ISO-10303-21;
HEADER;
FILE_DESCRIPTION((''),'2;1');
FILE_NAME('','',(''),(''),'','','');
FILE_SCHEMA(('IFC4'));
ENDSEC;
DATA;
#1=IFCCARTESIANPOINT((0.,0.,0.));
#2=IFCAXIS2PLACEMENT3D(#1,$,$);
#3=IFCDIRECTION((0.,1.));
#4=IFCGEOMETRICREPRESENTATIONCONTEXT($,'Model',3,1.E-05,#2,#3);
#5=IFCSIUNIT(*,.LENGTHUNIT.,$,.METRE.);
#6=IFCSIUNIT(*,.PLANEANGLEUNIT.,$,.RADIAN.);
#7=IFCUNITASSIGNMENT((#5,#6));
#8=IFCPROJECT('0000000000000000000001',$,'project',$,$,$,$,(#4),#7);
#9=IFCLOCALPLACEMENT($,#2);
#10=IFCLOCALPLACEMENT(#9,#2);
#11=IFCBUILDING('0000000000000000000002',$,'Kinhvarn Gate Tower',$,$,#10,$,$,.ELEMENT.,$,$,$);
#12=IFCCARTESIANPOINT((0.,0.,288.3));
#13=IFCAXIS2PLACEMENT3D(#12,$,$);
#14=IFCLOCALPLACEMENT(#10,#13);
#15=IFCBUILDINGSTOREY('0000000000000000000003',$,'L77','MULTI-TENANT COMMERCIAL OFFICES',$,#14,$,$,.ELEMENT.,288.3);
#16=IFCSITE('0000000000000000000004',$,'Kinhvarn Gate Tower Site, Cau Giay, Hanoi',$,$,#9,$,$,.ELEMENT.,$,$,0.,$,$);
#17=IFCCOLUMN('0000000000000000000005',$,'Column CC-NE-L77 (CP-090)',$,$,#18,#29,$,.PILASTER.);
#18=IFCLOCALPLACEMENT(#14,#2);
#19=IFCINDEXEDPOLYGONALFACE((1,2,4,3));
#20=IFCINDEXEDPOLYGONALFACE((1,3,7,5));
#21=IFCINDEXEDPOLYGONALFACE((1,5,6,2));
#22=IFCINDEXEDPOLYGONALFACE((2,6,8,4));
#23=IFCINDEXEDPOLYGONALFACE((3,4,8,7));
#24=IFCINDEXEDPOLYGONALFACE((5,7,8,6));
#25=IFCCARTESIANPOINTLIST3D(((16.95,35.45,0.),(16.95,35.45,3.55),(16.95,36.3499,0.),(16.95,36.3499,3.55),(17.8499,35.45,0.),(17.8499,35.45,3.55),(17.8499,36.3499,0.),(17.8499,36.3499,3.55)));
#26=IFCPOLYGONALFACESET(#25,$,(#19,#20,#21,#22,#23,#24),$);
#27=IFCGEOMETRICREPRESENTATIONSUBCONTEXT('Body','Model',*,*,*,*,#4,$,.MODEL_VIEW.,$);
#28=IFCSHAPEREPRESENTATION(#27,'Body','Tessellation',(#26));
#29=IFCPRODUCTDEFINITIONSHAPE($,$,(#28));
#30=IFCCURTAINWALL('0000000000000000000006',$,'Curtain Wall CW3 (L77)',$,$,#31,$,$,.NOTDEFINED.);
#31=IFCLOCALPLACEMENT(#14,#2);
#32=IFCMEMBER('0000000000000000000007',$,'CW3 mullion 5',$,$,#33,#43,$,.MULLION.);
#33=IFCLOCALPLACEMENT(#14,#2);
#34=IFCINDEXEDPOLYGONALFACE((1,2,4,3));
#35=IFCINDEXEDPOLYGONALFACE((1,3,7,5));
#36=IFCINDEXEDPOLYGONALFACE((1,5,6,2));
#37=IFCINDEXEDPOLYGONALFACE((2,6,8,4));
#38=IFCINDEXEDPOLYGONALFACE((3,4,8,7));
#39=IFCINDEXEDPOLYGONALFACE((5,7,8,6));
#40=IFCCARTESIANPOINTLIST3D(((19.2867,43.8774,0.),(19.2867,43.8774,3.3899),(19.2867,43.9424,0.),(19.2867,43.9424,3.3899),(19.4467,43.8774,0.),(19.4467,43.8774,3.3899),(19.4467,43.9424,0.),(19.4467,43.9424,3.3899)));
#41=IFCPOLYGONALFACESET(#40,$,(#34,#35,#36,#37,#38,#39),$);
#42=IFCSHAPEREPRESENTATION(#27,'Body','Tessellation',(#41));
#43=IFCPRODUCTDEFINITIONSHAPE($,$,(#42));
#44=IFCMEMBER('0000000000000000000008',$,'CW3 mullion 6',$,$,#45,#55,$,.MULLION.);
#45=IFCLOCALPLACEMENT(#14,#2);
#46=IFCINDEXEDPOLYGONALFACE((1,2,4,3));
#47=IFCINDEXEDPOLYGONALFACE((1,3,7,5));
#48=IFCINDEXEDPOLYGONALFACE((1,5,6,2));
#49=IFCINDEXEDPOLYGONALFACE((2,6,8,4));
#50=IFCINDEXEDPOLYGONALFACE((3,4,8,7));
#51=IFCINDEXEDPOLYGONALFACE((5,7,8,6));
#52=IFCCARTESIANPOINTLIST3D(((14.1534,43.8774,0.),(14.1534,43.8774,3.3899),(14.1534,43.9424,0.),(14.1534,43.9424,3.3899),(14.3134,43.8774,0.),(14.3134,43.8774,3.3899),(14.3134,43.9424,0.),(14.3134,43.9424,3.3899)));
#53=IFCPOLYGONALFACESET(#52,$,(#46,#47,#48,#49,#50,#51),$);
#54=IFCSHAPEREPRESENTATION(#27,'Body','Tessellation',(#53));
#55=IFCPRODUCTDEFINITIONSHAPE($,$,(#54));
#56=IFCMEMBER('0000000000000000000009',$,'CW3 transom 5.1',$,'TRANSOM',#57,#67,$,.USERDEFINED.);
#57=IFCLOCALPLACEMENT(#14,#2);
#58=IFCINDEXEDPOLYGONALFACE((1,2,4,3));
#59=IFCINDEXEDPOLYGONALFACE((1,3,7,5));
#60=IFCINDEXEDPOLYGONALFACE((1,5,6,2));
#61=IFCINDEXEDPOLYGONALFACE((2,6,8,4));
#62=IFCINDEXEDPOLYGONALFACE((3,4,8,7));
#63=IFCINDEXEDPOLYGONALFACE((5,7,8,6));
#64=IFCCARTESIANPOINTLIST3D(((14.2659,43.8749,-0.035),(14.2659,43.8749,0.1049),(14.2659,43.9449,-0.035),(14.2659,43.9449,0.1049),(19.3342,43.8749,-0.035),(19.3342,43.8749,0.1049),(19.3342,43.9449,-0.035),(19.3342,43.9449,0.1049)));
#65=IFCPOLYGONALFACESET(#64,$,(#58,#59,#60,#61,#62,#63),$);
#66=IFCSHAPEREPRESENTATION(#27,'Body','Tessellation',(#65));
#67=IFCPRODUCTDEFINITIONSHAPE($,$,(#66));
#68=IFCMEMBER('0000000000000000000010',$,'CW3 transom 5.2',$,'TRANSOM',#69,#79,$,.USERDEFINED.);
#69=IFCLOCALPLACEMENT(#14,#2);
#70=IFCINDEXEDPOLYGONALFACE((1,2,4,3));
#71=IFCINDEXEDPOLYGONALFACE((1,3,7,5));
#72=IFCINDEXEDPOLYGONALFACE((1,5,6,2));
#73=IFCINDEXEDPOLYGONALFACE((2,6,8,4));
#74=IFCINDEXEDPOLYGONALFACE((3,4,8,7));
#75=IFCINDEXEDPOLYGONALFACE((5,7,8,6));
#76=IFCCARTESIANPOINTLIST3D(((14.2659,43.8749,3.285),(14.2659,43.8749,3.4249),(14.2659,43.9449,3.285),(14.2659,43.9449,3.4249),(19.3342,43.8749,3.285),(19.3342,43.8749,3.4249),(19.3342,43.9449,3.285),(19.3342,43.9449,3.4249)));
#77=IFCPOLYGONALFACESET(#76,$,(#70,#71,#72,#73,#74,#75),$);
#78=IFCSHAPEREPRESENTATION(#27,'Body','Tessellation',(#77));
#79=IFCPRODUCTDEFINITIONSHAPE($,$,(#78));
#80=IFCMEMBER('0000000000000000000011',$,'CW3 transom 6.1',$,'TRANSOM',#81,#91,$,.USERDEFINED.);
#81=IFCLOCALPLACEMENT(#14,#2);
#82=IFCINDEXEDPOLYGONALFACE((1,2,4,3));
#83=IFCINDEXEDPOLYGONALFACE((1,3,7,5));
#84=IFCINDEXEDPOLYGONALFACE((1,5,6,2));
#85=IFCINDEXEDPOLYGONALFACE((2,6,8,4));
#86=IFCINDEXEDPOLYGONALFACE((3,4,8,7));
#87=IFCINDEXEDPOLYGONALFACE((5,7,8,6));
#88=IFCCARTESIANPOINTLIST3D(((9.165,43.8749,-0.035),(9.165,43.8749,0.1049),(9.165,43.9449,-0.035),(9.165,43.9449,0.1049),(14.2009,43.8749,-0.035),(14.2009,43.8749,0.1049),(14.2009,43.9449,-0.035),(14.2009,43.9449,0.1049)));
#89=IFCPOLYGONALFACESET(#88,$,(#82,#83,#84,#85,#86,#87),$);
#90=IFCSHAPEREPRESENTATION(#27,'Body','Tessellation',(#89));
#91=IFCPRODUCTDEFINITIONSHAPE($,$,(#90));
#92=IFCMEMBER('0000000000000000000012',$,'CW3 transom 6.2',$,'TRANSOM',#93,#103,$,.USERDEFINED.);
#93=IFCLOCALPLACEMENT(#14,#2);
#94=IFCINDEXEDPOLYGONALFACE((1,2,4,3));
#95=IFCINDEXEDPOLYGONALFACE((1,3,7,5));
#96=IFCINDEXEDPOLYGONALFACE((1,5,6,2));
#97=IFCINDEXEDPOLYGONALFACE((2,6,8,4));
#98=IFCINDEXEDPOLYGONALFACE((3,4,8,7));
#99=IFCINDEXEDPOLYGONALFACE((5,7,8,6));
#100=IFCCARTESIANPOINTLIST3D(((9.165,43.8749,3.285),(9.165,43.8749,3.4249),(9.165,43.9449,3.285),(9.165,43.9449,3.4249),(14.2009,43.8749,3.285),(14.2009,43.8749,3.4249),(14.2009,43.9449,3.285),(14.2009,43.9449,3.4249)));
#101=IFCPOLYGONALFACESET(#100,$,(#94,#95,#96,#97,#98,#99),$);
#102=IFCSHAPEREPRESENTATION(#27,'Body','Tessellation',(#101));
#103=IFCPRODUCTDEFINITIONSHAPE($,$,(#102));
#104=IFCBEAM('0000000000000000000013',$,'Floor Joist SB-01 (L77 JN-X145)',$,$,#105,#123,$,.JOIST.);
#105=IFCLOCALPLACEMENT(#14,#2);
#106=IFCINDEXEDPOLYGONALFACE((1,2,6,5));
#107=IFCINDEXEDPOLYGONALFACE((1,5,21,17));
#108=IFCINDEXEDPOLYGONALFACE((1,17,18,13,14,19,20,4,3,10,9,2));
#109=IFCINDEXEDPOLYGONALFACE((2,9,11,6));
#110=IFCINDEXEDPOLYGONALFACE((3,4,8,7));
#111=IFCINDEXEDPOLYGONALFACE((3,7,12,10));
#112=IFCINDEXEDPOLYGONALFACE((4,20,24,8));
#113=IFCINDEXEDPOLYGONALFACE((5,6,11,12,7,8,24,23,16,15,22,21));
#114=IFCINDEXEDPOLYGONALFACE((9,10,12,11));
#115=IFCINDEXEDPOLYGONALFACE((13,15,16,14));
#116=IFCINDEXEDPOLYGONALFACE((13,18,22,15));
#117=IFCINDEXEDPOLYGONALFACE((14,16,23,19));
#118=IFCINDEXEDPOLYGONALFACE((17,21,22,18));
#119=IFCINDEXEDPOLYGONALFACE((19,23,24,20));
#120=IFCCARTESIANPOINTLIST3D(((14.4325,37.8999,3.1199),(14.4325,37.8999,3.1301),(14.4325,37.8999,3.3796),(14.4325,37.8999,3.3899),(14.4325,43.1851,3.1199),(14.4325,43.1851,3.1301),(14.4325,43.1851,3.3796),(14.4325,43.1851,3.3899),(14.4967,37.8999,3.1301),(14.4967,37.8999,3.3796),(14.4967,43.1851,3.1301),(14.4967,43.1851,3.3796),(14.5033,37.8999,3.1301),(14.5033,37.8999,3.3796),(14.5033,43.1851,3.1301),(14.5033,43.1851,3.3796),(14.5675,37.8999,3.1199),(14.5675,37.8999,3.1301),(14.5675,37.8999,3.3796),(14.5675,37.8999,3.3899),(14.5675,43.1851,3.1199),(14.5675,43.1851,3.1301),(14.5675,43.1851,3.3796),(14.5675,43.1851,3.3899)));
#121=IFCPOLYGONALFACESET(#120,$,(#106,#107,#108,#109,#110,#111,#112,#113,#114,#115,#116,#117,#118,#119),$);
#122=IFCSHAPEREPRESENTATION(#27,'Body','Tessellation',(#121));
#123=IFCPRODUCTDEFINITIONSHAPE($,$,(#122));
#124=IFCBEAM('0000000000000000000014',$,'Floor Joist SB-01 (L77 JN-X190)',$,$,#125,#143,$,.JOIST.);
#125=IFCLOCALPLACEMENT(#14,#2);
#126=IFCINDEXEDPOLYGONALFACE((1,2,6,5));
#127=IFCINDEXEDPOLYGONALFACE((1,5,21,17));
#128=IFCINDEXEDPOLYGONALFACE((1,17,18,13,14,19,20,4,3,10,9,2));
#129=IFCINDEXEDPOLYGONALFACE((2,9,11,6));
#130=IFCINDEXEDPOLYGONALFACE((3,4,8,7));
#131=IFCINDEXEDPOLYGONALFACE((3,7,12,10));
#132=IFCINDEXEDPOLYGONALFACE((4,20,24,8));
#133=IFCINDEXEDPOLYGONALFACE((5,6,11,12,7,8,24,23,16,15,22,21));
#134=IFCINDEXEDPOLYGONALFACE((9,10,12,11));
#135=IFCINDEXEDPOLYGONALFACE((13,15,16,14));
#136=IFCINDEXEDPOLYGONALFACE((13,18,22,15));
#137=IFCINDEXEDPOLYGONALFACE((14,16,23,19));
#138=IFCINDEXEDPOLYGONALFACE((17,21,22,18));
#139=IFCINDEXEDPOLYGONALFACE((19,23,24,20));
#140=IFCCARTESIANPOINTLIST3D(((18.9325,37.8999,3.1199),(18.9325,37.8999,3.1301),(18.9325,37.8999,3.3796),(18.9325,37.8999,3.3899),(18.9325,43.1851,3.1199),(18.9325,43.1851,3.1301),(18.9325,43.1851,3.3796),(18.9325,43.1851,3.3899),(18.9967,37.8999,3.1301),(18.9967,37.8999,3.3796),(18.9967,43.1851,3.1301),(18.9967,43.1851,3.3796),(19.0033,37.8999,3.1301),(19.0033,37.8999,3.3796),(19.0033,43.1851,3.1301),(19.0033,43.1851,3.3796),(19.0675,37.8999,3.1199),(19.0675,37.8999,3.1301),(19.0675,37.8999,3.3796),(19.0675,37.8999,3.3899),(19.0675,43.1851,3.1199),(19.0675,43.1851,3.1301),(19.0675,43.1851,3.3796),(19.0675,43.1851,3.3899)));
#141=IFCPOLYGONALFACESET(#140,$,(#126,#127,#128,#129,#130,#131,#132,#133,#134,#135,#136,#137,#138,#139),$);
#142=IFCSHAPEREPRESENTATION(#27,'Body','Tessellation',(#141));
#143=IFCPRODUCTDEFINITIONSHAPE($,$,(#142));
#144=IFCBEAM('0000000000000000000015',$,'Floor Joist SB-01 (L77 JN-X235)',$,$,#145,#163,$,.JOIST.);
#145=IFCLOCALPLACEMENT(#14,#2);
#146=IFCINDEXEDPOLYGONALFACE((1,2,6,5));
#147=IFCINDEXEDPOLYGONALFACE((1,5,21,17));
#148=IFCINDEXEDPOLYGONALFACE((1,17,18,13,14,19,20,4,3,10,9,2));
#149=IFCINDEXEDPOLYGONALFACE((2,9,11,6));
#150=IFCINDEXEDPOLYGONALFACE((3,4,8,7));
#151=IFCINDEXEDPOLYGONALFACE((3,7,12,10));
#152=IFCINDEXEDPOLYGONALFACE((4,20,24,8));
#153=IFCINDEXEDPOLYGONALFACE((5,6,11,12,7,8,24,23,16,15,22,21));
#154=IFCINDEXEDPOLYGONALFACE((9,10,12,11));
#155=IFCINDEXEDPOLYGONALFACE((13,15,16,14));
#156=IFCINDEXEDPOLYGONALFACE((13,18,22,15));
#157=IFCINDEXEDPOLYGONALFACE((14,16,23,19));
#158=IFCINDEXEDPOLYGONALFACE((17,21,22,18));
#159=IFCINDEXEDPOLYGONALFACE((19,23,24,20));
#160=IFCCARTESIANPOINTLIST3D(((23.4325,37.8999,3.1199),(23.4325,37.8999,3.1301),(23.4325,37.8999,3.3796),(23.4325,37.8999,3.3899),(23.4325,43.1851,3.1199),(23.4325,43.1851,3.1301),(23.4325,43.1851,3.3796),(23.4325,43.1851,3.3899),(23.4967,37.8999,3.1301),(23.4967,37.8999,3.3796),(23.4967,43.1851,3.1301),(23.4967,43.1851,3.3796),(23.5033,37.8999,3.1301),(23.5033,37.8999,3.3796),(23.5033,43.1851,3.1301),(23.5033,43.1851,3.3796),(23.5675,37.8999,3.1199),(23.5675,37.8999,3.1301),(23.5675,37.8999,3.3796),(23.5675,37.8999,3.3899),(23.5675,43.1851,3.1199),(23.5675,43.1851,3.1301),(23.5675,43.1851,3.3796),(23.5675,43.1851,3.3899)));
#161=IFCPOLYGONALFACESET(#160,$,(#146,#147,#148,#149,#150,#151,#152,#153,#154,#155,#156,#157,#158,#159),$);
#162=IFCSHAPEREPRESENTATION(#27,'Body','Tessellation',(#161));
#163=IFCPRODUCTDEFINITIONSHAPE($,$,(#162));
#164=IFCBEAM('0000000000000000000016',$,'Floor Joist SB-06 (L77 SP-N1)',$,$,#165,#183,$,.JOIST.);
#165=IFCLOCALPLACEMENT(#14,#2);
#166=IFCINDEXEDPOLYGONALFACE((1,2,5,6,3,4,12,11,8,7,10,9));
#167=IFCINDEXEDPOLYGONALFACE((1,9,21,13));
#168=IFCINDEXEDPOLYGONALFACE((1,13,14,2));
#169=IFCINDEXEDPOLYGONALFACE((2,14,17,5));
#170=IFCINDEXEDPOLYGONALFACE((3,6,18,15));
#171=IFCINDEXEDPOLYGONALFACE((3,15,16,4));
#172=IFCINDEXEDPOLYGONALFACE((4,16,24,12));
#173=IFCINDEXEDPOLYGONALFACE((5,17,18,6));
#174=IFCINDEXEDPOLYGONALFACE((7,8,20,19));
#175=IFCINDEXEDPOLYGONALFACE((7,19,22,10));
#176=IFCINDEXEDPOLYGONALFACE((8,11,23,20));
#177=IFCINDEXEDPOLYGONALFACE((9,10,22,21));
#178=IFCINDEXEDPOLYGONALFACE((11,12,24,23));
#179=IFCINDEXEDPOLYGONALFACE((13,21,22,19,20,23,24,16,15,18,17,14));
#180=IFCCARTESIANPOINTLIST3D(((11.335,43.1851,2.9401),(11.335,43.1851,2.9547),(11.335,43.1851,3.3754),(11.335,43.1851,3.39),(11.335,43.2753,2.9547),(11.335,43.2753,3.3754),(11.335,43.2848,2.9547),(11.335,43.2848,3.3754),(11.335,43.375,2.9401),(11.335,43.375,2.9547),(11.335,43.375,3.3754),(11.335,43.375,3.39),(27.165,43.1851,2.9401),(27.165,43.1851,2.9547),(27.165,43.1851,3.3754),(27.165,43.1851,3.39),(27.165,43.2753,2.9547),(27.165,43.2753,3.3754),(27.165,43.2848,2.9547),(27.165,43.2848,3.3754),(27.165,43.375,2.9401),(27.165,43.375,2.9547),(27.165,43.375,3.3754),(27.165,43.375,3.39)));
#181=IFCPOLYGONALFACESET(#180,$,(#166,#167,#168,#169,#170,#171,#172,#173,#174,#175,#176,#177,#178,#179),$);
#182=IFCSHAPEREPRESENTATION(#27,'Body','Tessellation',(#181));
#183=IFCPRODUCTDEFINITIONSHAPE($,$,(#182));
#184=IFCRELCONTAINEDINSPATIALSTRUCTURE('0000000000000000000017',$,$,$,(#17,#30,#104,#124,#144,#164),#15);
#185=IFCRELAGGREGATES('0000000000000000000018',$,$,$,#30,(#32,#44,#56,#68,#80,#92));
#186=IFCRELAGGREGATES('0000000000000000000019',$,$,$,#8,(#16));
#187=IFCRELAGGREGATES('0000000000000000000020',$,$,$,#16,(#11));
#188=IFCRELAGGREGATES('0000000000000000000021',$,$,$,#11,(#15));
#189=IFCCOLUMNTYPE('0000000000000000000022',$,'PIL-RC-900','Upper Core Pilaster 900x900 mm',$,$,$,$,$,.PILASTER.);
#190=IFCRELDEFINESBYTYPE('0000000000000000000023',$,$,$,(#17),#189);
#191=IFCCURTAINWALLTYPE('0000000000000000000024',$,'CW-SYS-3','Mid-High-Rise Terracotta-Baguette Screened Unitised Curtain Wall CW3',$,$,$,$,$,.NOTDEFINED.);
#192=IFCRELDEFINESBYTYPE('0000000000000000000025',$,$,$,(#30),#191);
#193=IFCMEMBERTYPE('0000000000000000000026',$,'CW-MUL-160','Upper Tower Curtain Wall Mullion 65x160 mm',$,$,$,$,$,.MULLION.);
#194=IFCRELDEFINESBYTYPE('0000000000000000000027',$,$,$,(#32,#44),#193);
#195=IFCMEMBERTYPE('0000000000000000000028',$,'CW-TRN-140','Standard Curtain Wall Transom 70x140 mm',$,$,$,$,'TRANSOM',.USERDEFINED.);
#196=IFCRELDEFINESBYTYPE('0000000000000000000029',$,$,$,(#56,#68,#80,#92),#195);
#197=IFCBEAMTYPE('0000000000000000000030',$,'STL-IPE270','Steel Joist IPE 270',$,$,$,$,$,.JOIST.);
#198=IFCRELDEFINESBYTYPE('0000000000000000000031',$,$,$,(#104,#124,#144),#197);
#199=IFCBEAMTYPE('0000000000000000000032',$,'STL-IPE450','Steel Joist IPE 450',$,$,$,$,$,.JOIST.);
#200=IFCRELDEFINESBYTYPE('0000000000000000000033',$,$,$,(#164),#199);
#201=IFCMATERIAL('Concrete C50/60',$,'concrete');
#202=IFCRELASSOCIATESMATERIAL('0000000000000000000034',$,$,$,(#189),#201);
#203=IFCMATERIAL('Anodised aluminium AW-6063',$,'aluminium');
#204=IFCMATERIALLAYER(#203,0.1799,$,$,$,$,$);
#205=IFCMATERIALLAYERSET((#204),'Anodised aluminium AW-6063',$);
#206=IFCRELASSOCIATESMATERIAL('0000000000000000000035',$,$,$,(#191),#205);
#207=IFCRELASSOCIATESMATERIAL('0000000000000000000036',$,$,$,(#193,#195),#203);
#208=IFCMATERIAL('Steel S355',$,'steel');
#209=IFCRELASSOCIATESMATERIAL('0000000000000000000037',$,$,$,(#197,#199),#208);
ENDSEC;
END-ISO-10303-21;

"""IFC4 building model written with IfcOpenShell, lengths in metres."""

from ifc_helpers import new_model, si_unit, direction, frame, origin, origin_2d, place, context, subcontext, project, spatial, rectangle, i_section, extrude, material, layer, layer_set, material_profile, profile_set, type_object, element, aggregate, save


model = new_model("IFC4")

# Units and contexts
model_context = context("Model", 3, precision=1e-05, world=origin(), true_north=direction((0.0, 1.0)))
body_context = subcontext(model_context, "Body", "Model", "MODEL_VIEW")
ifc_project = project(units=[si_unit("LENGTHUNIT", "METRE"), si_unit("PLANEANGLEUNIT", "RADIAN")], contexts=[model_context])

# Site, building, storey
site_placement = place(None, origin())
site = spatial("IfcSite", under=ifc_project, at=site_placement, Name="Kinhvarn Gate Tower Site, Cau Giay, Hanoi", CompositionType="ELEMENT", RefElevation=0.0)
building_placement = place(site_placement, origin())
building = spatial("IfcBuilding", under=site, at=building_placement, Name="Kinhvarn Gate Tower", CompositionType="ELEMENT")
storey_placement = place(building_placement, frame((0.0, 0.0, 288.3)))
storey = spatial("IfcBuildingStorey", under=building, at=storey_placement, Name="L77", Description="MULTI-TENANT COMMERCIAL OFFICES", CompositionType="ELEMENT", Elevation=288.3)

# Column
ifc_material_1 = material(Name="Concrete C50/60", Category="concrete")
ifc_material_profile_1 = material_profile(ifc_material_1, rectangle(XDim=0.8999, YDim=0.8999, at=origin_2d()), Name="RC 900x900")
ifc_profile_set_1 = profile_set([ifc_material_profile_1], Name="Concrete C50/60")
column_type = type_object("IfcColumnType", Name="PIL-RC-900", Description="Upper Core Pilaster 900x900 mm", PredefinedType="PILASTER", material=ifc_profile_set_1)
column_placement = place(storey_placement, frame((17.3999, 35.8999, 0.0), z_axis=(0.0, 0.0, 1.0), x_axis=(1.0, 0.0, 0.0)))
element("IfcColumn", 1, at=column_placement, inside=storey, type_object=column_type, Name="Column CC-NE-L77 (CP-090)", PredefinedType="PILASTER", context=body_context, shape_type="SweptSolid", body=[
    extrude(rectangle(XDim=0.8999, YDim=0.8999, at=origin_2d()), origin(), (0.0, 0.0, 1.0), 3.55),
])

# Curtain wall, members
ifc_material_2 = material(Name="Anodised aluminium AW-6063", Category="aluminium")
ifc_layer_1 = layer(ifc_material_2, 0.1799)
ifc_layer_set_1 = layer_set([ifc_layer_1], Name="Anodised aluminium AW-6063")
curtain_wall_type = type_object("IfcCurtainWallType", Name="CW-SYS-3", Description="Mid-High-Rise Terracotta-Baguette Screened Unitised Curtain Wall CW3", PredefinedType="NOTDEFINED", material=ifc_layer_set_1)
curtain_wall_placement = place(storey_placement, origin())
curtain_wall = element("IfcCurtainWall", 2, at=curtain_wall_placement, inside=storey, type_object=curtain_wall_type, Name="Curtain Wall CW3 (L77)", PredefinedType="NOTDEFINED")
ifc_material_profile_2 = material_profile(ifc_material_2, rectangle(XDim=0.0649, YDim=0.1599, at=origin_2d()), Name="ALU 65x160")
ifc_profile_set_2 = profile_set([ifc_material_profile_2], Name="Anodised aluminium AW-6063")
member_type_1 = type_object("IfcMemberType", Name="CW-MUL-160", Description="Upper Tower Curtain Wall Mullion 65x160 mm", PredefinedType="MULLION", material=ifc_profile_set_2)
member_1_placement = place(storey_placement, frame((19.3667, 43.9099, 0.0), z_axis=(0.0, 0.0, 1.0), x_axis=(0.0, -1.0, 0.0)))
member_1 = element("IfcMember", 3, at=member_1_placement, type_object=member_type_1, Name="CW3 mullion 5", PredefinedType="MULLION", context=body_context, shape_type="SweptSolid", body=[
    extrude(rectangle(XDim=0.0649, YDim=0.1599, at=origin_2d()), origin(), (0.0, 0.0, 1.0), 3.3899),
])
member_2_placement = place(storey_placement, frame((14.2334, 43.9099, 0.0), z_axis=(0.0, 0.0, 1.0), x_axis=(0.0, -1.0, 0.0)))
member_2 = element("IfcMember", 4, at=member_2_placement, type_object=member_type_1, Name="CW3 mullion 6", PredefinedType="MULLION", context=body_context, shape_type="SweptSolid", body=[
    extrude(rectangle(XDim=0.0649, YDim=0.1599, at=origin_2d()), origin(), (0.0, 0.0, 1.0), 3.3899),
])
ifc_material_profile_3 = material_profile(ifc_material_2, rectangle(XDim=0.0701, YDim=0.1399, at=origin_2d()), Name="ALU 70x140")
ifc_profile_set_3 = profile_set([ifc_material_profile_3], Name="Anodised aluminium AW-6063")
member_type_2 = type_object("IfcMemberType", Name="CW-TRN-140", Description="Standard Curtain Wall Transom 70x140 mm", ElementType="TRANSOM", PredefinedType="USERDEFINED", material=ifc_profile_set_3)
member_3_placement = place(storey_placement, frame((19.3342, 43.9099, 0.0349), z_axis=(-1.0, 0.0, 0.0), x_axis=(0.0, -1.0, 0.0)))
member_3 = element("IfcMember", 5, at=member_3_placement, type_object=member_type_2, Name="CW3 transom 5.1", ObjectType="TRANSOM", PredefinedType="USERDEFINED", context=body_context, shape_type="SweptSolid", body=[
    extrude(rectangle(XDim=0.0701, YDim=0.1399, at=origin_2d()), origin(), (0.0, 0.0, 1.0), 5.0684),
])
member_4_placement = place(storey_placement, frame((19.3342, 43.9099, 3.355), z_axis=(-1.0, 0.0, 0.0), x_axis=(0.0, -1.0, 0.0)))
member_4 = element("IfcMember", 6, at=member_4_placement, type_object=member_type_2, Name="CW3 transom 5.2", ObjectType="TRANSOM", PredefinedType="USERDEFINED", context=body_context, shape_type="SweptSolid", body=[
    extrude(rectangle(XDim=0.0701, YDim=0.1399, at=origin_2d()), origin(), (0.0, 0.0, 1.0), 5.0684),
])
member_5_placement = place(storey_placement, frame((14.2009, 43.9099, 0.0349), z_axis=(-1.0, 0.0, 0.0), x_axis=(0.0, -1.0, 0.0)))
member_5 = element("IfcMember", 7, at=member_5_placement, type_object=member_type_2, Name="CW3 transom 6.1", ObjectType="TRANSOM", PredefinedType="USERDEFINED", context=body_context, shape_type="SweptSolid", body=[
    extrude(rectangle(XDim=0.0701, YDim=0.1399, at=origin_2d()), origin(), (0.0, 0.0, 1.0), 5.0359),
])
member_6_placement = place(storey_placement, frame((14.2009, 43.9099, 3.355), z_axis=(-1.0, 0.0, 0.0), x_axis=(0.0, -1.0, 0.0)))
member_6 = element("IfcMember", 8, at=member_6_placement, type_object=member_type_2, Name="CW3 transom 6.2", ObjectType="TRANSOM", PredefinedType="USERDEFINED", context=body_context, shape_type="SweptSolid", body=[
    extrude(rectangle(XDim=0.0701, YDim=0.1399, at=origin_2d()), origin(), (0.0, 0.0, 1.0), 5.0359),
])

# Beams
ifc_material_3 = material(Name="Steel S355", Category="steel")
ifc_material_profile_4 = material_profile(ifc_material_3, i_section(OverallWidth=0.135, OverallDepth=0.27, WebThickness=0.0066, FlangeThickness=0.0103, at=origin_2d()), Name="IPE 270")
ifc_profile_set_4 = profile_set([ifc_material_profile_4], Name="Steel S355")
beam_type_1 = type_object("IfcBeamType", Name="STL-IPE270", Description="Steel Joist IPE 270", PredefinedType="JOIST", material=ifc_profile_set_4)
for number, where, z_axis, x_axis, name in (
    (9, (14.5, 37.8999, 3.2549), (0.0, 1.0, 0.0), (-1.0, 0.0, 0.0), "Floor Joist SB-01 (L77 JN-X145)"),
    (10, (19.0, 37.8999, 3.2549), (0.0, 1.0, 0.0), (-1.0, 0.0, 0.0), "Floor Joist SB-01 (L77 JN-X190)"),
    (11, (23.5, 37.8999, 3.2549), (0.0, 1.0, 0.0), (-1.0, 0.0, 0.0), "Floor Joist SB-01 (L77 JN-X235)"),
):
    element("IfcBeam", number, at=place(storey_placement, frame(where, z_axis=z_axis, x_axis=x_axis)), inside=storey, type_object=beam_type_1, Name=name, PredefinedType="JOIST", context=body_context, shape_type="SweptSolid", body=[
        extrude(i_section(OverallWidth=0.135, OverallDepth=0.27, WebThickness=0.0066, FlangeThickness=0.0103, at=origin_2d()), origin(), (0.0, 0.0, 1.0), 5.2852),
    ])
ifc_material_profile_5 = material_profile(ifc_material_3, i_section(OverallWidth=0.1899, OverallDepth=0.45, WebThickness=0.0095, FlangeThickness=0.0146, at=origin_2d()), Name="IPE 450")
ifc_profile_set_5 = profile_set([ifc_material_profile_5], Name="Steel S355")
beam_type_2 = type_object("IfcBeamType", Name="STL-IPE450", Description="Steel Joist IPE 450", PredefinedType="JOIST", material=ifc_profile_set_5)
beam_placement = place(storey_placement, frame((11.335, 43.28, 3.165), z_axis=(1.0, 0.0, 0.0), x_axis=(0.0, 1.0, 0.0)))
element("IfcBeam", 12, at=beam_placement, inside=storey, type_object=beam_type_2, Name="Floor Joist SB-06 (L77 SP-N1)", PredefinedType="JOIST", context=body_context, shape_type="SweptSolid", body=[
    extrude(i_section(OverallWidth=0.1899, OverallDepth=0.45, WebThickness=0.0095, FlangeThickness=0.0146, at=origin_2d()), origin(), (0.0, 0.0, 1.0), 15.8301),
])

aggregate(curtain_wall, [member_1, member_2, member_3, member_4, member_5, member_6])

save(model, "model.ifc")
